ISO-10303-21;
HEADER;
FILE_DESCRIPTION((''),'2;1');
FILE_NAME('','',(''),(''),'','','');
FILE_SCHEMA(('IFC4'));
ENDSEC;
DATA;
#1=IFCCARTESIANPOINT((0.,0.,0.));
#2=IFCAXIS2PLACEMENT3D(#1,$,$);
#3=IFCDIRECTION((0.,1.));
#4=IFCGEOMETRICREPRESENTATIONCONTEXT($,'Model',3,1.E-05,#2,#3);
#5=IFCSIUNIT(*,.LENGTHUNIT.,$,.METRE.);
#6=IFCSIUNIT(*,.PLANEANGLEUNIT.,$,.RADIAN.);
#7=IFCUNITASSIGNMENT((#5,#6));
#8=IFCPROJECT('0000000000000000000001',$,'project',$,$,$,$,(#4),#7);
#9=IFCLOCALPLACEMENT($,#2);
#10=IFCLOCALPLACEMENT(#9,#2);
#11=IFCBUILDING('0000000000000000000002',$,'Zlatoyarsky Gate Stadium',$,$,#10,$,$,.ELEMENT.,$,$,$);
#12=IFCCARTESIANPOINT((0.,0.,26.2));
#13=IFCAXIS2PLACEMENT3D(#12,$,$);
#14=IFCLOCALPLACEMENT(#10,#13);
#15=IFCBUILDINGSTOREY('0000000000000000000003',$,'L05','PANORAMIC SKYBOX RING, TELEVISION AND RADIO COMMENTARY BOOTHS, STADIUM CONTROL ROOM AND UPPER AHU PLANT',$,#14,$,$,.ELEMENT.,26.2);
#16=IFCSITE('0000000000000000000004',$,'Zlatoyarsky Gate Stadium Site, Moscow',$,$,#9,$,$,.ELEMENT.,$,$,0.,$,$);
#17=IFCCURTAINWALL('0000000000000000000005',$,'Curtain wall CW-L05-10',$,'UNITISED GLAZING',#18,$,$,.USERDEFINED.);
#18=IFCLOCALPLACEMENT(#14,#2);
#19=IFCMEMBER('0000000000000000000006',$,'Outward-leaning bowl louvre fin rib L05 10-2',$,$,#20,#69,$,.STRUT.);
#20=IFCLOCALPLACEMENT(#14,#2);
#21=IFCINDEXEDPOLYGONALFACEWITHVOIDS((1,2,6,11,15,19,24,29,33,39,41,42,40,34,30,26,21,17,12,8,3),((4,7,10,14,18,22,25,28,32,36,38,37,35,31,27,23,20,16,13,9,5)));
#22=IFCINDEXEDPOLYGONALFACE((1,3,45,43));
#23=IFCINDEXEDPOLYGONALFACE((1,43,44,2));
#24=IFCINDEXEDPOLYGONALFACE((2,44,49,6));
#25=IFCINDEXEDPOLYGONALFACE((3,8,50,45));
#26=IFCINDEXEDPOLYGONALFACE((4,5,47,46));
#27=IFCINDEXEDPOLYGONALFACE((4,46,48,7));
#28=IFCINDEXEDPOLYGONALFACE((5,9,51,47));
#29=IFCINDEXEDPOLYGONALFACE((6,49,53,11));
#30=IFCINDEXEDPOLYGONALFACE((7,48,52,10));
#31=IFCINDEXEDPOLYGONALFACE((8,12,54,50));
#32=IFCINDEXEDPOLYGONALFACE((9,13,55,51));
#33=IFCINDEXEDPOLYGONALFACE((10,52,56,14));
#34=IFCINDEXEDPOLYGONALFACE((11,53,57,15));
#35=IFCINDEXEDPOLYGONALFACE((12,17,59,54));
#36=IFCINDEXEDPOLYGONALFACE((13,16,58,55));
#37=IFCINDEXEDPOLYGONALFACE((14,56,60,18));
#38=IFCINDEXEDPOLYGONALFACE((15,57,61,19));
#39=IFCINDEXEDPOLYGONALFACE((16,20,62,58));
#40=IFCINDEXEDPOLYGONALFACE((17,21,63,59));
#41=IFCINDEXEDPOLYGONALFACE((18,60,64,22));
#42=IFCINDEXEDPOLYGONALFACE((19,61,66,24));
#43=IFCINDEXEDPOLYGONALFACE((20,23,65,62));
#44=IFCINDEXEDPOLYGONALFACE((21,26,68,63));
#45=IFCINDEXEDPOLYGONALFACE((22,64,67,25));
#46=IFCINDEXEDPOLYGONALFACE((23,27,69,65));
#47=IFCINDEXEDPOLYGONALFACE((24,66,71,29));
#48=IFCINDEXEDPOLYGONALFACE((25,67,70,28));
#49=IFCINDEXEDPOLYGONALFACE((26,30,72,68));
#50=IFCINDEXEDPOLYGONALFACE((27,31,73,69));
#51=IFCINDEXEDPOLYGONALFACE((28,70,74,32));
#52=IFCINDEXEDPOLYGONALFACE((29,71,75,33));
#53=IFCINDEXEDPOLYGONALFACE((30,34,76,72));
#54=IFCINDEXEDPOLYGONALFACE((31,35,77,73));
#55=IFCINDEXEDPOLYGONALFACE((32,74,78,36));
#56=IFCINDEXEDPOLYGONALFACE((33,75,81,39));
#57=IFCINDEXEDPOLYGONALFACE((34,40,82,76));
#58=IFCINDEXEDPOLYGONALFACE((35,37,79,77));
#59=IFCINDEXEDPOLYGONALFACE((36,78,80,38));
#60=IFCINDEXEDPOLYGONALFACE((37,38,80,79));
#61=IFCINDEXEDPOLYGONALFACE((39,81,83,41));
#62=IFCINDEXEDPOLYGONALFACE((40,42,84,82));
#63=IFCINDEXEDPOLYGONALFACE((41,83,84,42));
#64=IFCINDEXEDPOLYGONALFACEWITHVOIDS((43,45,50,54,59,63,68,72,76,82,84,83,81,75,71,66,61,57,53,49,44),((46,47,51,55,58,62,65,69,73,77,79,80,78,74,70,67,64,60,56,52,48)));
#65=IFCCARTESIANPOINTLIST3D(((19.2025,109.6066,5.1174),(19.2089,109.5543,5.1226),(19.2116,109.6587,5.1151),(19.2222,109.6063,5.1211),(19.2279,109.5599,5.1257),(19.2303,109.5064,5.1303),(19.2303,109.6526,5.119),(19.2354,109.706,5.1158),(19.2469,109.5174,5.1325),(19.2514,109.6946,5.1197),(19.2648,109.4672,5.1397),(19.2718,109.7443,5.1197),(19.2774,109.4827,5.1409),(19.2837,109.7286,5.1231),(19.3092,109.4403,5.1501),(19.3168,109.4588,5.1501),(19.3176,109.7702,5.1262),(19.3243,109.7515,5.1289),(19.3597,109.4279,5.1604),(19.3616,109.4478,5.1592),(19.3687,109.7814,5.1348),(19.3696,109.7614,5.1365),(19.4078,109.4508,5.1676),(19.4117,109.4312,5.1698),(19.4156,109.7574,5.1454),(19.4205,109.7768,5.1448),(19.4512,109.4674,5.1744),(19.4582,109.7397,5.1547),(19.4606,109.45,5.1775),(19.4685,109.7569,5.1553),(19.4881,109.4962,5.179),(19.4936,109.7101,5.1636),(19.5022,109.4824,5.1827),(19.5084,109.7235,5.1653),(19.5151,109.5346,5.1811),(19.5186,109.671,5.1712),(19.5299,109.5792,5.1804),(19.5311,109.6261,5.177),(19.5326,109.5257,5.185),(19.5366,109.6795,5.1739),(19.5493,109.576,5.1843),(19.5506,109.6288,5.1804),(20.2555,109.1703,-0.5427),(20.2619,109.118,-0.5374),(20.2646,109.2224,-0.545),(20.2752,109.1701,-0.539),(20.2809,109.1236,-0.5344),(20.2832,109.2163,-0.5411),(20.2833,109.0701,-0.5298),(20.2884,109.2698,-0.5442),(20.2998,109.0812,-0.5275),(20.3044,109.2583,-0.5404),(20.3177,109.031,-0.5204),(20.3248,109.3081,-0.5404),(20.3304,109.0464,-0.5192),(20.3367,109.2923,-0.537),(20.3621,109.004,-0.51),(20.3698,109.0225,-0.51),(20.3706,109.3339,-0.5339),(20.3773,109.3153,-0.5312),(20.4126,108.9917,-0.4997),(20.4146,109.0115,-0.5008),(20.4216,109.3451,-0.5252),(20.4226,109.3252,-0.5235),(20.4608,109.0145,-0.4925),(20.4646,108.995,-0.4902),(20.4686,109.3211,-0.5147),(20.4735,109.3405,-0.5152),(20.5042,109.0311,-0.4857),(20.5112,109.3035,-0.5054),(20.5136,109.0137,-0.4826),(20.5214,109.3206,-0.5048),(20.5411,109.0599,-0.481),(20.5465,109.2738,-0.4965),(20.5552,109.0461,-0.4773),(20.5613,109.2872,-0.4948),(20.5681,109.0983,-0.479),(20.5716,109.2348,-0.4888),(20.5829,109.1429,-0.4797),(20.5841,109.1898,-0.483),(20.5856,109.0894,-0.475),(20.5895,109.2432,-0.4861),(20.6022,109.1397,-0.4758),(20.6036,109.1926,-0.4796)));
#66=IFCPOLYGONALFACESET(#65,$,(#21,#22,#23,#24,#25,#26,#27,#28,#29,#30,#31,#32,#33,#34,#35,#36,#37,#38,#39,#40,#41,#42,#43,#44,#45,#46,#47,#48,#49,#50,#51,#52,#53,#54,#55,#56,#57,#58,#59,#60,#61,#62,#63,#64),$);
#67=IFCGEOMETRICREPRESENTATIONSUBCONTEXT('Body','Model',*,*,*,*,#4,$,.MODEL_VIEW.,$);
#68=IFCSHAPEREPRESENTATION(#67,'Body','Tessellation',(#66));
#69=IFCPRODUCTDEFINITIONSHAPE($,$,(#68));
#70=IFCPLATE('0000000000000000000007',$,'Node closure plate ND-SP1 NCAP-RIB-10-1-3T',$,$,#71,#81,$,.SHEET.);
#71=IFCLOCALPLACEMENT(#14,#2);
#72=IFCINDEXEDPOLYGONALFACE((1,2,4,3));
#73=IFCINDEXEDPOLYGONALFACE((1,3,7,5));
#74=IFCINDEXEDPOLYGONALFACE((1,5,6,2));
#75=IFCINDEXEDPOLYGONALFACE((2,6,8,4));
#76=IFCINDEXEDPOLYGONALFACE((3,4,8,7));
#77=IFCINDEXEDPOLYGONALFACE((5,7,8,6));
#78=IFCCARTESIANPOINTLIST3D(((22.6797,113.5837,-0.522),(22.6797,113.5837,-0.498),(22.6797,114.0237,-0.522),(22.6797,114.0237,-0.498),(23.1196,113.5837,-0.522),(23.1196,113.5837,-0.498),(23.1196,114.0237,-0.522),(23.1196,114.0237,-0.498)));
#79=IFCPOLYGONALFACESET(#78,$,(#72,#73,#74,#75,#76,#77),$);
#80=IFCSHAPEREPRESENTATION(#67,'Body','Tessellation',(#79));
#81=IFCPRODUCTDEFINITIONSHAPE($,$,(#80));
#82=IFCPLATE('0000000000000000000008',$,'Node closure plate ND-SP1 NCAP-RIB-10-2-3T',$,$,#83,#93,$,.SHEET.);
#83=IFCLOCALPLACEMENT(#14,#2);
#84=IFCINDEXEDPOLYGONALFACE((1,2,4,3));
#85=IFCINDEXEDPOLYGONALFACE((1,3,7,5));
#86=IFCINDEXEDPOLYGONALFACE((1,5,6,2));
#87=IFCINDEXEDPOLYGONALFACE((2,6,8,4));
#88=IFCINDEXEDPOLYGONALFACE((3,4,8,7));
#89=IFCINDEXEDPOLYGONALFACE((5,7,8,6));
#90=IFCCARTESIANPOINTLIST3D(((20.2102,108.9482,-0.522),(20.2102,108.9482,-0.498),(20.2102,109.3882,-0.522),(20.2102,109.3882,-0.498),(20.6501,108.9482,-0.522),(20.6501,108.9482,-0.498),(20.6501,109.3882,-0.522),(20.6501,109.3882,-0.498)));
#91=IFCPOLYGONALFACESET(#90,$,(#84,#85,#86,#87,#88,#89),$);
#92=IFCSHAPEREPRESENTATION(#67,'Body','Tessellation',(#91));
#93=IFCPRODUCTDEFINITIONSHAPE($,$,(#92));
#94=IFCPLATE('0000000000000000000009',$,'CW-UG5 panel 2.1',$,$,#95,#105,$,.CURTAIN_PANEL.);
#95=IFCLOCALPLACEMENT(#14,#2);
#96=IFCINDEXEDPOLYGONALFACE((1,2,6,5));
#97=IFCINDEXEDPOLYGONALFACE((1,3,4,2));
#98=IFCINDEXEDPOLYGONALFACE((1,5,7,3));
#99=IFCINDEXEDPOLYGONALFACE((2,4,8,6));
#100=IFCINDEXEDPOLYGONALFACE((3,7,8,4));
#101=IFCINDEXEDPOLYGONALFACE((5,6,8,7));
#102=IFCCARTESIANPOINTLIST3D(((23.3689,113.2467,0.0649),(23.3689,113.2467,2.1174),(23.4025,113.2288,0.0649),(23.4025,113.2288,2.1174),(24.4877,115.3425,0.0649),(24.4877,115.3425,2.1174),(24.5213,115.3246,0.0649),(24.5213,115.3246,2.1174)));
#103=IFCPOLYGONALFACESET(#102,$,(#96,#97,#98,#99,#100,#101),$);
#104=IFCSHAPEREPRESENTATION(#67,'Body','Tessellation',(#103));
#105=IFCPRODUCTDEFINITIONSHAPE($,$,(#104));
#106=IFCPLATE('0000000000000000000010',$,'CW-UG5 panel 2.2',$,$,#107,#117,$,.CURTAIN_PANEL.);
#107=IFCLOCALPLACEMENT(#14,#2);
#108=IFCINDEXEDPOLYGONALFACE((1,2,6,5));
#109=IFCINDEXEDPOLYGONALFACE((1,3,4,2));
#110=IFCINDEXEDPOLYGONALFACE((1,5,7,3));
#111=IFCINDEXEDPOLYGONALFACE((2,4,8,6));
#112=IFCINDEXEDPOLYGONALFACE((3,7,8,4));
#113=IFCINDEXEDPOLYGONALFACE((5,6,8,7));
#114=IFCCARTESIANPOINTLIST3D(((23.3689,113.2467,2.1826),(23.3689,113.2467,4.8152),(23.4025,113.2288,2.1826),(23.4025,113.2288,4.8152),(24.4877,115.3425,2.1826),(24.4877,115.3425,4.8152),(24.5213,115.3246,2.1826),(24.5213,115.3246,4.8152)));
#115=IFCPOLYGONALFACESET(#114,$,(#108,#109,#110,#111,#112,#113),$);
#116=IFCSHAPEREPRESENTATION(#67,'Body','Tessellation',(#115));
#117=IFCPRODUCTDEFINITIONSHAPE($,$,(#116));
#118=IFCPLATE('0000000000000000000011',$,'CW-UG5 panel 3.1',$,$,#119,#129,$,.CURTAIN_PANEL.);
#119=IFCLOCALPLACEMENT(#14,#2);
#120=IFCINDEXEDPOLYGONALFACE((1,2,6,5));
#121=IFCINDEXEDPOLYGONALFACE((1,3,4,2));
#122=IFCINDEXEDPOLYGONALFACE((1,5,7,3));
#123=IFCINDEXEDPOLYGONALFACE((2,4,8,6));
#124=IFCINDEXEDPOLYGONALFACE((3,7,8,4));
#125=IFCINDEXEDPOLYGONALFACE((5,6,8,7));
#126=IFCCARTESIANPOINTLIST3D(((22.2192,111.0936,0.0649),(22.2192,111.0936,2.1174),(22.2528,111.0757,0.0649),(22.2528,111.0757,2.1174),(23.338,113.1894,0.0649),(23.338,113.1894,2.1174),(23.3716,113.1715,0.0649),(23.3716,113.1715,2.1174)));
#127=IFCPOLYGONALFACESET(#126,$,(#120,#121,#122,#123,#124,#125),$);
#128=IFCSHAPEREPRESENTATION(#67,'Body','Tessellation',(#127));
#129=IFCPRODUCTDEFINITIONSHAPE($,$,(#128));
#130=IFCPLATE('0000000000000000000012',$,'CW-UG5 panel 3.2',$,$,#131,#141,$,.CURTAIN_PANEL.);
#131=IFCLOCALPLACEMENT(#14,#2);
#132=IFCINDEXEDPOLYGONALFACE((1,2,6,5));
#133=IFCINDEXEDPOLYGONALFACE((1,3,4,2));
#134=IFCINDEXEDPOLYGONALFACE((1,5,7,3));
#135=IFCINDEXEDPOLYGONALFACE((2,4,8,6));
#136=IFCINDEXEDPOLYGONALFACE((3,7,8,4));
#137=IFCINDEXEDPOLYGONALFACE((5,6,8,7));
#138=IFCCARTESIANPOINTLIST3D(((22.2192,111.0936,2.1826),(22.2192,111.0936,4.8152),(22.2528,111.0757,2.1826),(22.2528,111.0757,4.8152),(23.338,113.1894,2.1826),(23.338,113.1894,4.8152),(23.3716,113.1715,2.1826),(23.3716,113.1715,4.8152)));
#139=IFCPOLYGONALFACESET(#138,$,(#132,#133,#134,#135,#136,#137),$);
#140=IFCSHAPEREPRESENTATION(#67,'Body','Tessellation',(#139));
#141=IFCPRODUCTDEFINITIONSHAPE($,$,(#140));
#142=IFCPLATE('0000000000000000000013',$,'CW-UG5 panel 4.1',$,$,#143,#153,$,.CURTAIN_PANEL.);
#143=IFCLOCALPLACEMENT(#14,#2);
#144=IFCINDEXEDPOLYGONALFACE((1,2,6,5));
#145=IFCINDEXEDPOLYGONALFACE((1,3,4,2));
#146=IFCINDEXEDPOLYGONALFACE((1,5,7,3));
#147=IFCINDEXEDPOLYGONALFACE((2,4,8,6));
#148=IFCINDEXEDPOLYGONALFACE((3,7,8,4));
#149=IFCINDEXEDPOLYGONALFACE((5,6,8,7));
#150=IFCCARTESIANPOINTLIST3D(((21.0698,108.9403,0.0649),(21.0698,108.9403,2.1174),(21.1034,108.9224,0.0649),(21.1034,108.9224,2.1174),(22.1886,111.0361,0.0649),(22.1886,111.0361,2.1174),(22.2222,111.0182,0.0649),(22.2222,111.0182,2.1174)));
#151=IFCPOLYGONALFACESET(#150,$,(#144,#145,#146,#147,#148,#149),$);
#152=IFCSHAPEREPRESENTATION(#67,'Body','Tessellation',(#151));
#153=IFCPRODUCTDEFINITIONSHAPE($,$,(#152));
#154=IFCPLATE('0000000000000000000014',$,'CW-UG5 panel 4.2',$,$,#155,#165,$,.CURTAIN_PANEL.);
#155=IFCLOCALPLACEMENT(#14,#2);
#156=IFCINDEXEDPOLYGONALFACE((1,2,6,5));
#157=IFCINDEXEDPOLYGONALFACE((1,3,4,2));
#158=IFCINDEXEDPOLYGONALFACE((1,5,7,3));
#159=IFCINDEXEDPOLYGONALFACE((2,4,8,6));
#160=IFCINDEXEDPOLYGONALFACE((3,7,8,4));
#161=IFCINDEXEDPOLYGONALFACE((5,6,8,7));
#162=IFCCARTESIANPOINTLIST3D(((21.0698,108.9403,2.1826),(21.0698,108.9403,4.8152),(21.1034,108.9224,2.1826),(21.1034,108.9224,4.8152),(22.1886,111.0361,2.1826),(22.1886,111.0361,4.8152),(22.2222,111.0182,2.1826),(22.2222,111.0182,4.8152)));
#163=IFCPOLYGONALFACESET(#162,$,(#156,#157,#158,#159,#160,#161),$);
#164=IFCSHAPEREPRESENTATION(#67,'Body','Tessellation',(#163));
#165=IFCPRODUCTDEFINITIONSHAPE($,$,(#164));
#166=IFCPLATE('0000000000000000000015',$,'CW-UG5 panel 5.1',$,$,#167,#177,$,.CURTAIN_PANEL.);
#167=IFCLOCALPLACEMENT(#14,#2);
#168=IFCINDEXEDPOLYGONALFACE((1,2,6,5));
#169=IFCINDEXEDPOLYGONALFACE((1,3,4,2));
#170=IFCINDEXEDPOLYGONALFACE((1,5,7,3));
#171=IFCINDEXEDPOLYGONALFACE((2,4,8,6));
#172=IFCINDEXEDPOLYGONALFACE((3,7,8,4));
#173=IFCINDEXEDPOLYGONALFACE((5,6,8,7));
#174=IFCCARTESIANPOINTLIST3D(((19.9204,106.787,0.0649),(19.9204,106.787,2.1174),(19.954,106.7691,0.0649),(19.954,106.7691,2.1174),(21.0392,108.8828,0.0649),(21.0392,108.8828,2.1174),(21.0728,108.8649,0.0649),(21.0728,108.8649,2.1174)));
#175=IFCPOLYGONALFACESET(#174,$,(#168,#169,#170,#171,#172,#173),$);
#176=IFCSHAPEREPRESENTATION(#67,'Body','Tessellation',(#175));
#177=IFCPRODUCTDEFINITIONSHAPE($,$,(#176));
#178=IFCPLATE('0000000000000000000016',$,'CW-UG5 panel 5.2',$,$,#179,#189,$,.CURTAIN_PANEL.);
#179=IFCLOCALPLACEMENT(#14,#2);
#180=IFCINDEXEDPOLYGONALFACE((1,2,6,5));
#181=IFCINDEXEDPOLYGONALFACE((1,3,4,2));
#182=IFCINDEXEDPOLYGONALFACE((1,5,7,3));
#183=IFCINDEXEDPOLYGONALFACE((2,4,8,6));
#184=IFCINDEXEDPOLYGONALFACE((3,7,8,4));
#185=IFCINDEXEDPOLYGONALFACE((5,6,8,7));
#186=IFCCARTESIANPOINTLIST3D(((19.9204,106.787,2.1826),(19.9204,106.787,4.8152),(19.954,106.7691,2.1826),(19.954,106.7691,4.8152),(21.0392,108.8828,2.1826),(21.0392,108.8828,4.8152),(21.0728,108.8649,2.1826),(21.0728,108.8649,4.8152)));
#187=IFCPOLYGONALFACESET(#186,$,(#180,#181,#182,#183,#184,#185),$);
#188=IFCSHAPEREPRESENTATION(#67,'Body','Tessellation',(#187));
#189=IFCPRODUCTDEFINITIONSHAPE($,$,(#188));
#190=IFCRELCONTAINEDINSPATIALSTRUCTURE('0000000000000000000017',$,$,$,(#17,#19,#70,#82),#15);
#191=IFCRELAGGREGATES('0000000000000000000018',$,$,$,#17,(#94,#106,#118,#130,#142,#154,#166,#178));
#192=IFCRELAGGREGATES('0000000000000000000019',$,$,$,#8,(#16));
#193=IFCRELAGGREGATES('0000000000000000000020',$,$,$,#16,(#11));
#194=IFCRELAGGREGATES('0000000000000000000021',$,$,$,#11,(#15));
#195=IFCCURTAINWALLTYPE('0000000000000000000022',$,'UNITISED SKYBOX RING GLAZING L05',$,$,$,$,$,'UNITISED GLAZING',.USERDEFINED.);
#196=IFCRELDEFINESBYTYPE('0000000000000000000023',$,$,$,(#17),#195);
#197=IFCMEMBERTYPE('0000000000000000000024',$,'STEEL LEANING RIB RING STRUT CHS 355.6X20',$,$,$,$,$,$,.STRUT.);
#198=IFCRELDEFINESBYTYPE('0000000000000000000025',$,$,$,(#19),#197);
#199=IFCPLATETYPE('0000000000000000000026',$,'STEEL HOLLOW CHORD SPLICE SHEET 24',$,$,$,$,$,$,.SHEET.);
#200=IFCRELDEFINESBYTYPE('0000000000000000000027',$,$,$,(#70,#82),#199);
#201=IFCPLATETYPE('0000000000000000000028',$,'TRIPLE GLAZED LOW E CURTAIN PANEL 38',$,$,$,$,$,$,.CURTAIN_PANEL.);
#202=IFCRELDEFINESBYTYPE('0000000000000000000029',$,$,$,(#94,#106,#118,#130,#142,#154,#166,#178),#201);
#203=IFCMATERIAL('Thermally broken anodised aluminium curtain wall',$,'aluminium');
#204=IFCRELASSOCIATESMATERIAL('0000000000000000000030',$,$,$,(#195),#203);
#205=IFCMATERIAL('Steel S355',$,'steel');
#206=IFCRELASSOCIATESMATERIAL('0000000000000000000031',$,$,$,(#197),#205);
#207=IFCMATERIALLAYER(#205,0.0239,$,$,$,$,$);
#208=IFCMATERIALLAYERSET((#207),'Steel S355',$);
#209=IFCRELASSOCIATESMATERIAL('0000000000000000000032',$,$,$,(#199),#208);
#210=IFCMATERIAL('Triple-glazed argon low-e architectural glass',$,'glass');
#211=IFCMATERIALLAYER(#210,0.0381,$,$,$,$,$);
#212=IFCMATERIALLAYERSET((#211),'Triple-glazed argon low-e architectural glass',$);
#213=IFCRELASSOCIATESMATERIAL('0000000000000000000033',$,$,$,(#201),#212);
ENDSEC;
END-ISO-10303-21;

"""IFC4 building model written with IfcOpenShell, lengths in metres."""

from ifc_helpers import new_model, si_unit, direction, frame, origin, origin_2d, place, context, subcontext, project, spatial, rectangle, hollow_circle, extrude, material, layer, layer_set, material_profile, profile_set, type_object, element, aggregate, save


model = new_model("IFC4")

# Units and contexts
model_context = context("Model", 3, precision=1e-05, world=origin(), true_north=direction((0.0, 1.0)))
body_context = subcontext(model_context, "Body", "Model", "MODEL_VIEW")
ifc_project = project(units=[si_unit("LENGTHUNIT", "METRE"), si_unit("PLANEANGLEUNIT", "RADIAN")], contexts=[model_context])

# Site, building, storey
site_placement = place(None, origin())
site = spatial("IfcSite", under=ifc_project, at=site_placement, Name="Zlatoyarsky Gate Stadium Site, Moscow", CompositionType="ELEMENT", RefElevation=0.0)
building_placement = place(site_placement, origin())
building = spatial("IfcBuilding", under=site, at=building_placement, Name="Zlatoyarsky Gate Stadium", CompositionType="ELEMENT")
storey_placement = place(building_placement, frame((0.0, 0.0, 26.2)))
storey = spatial("IfcBuildingStorey", under=building, at=storey_placement, Name="L05", Description="PANORAMIC SKYBOX RING, TELEVISION AND RADIO COMMENTARY BOOTHS, STADIUM CONTROL ROOM AND UPPER AHU PLANT", CompositionType="ELEMENT", Elevation=26.2)

# Curtain wall
ifc_material_1 = material(Name="Thermally broken anodised aluminium curtain wall", Category="aluminium")
curtain_wall_type = type_object("IfcCurtainWallType", Name="UNITISED SKYBOX RING GLAZING L05", ElementType="UNITISED GLAZING", PredefinedType="USERDEFINED", material=ifc_material_1)
curtain_wall_placement = place(storey_placement, origin())
curtain_wall = element("IfcCurtainWall", 1, at=curtain_wall_placement, inside=storey, type_object=curtain_wall_type, Name="Curtain wall CW-L05-10", ObjectType="UNITISED GLAZING", PredefinedType="USERDEFINED")

# Shared definitions
ifc_material_2 = material(Name="Steel S355", Category="steel")

# Member
ifc_material_profile_1 = material_profile(ifc_material_2, hollow_circle(Radius=0.1777, WallThickness=0.02, at=origin_2d()), Name="CHS 355.6X20")
ifc_profile_set_1 = profile_set([ifc_material_profile_1], Name="Steel S355")
member_type_1 = type_object("IfcMemberType", Name="STEEL LEANING RIB RING STRUT CHS 355.6X20", PredefinedType="STRUT", material=ifc_profile_set_1)
member_1_placement = place(storey_placement, frame((20.4302, 109.1682, -0.51), z_axis=(-0.182373, 0.075562, 0.980322), x_axis=(-0.382774, -0.923842, 0.0)))
element("IfcMember", 2, at=member_1_placement, inside=storey, type_object=member_type_1, Name="Outward-leaning bowl louvre fin rib L05 10-2", PredefinedType="STRUT", context=body_context, shape_type="SweptSolid", body=[
    extrude(hollow_circle(Radius=0.1777, WallThickness=0.02, at=origin_2d()), origin(), (0.0, 0.0, 1.0), 5.7737),
])

# Plates
ifc_layer_1 = layer(ifc_material_2, 0.0239)
ifc_layer_set_1 = layer_set([ifc_layer_1], Name="Steel S355")
plate_type_1 = type_object("IfcPlateType", Name="STEEL HOLLOW CHORD SPLICE SHEET 24", PredefinedType="SHEET", material=ifc_layer_set_1)
for number, where, z_axis, x_axis, name in (
    (3, (22.8997, 113.8037, -0.522), (0.0, 0.0, 1.0), (1.0, 0.0, 0.0), "Node closure plate ND-SP1 NCAP-RIB-10-1-3T"),
    (4, (20.4302, 109.1682, -0.522), (0.0, 0.0, 1.0), (1.0, 0.0, 0.0), "Node closure plate ND-SP1 NCAP-RIB-10-2-3T"),
):
    element("IfcPlate", number, at=place(storey_placement, frame(where, z_axis=z_axis, x_axis=x_axis)), inside=storey, type_object=plate_type_1, Name=name, PredefinedType="SHEET", context=body_context, shape_type="SweptSolid", body=[
        extrude(rectangle(XDim=0.4399, YDim=0.4399, at=origin_2d()), origin(), (0.0, 0.0, 1.0), 0.0239),
    ])

# Plates
ifc_material_3 = material(Name="Triple-glazed argon low-e architectural glass", Category="glass")
ifc_layer_2 = layer(ifc_material_3, 0.0381)
ifc_layer_set_2 = layer_set([ifc_layer_2], Name="Triple-glazed argon low-e architectural glass")
plate_type_2 = type_object("IfcPlateType", Name="TRIPLE GLAZED LOW E CURTAIN PANEL 38", PredefinedType="CURTAIN_PANEL", material=ifc_layer_set_2)
plate_1_placement = place(storey_placement, frame((23.9451, 114.2856, 0.0649), z_axis=(0.0, 0.0, 1.0), x_axis=(-0.470937, -0.882167, 0.0)))
plate_1 = element("IfcPlate", 5, at=plate_1_placement, type_object=plate_type_2, Name="CW-UG5 panel 2.1", PredefinedType="CURTAIN_PANEL", context=body_context, shape_type="SweptSolid", body=[
    extrude(rectangle(XDim=2.3757, YDim=0.0381, at=origin_2d()), origin(), (0.0, 0.0, 1.0), 2.0525),
])
plate_2_placement = place(storey_placement, frame((23.9451, 114.2856, 2.1826), z_axis=(0.0, 0.0, 1.0), x_axis=(-0.470937, -0.882167, 0.0)))
plate_2 = element("IfcPlate", 6, at=plate_2_placement, type_object=plate_type_2, Name="CW-UG5 panel 2.2", PredefinedType="CURTAIN_PANEL", context=body_context, shape_type="SweptSolid", body=[
    extrude(rectangle(XDim=2.3757, YDim=0.0381, at=origin_2d()), origin(), (0.0, 0.0, 1.0), 2.6326),
])
plate_3_placement = place(storey_placement, frame((22.7954, 112.1326, 0.0649), z_axis=(0.0, 0.0, 1.0), x_axis=(-0.470937, -0.882167, 0.0)))
plate_3 = element("IfcPlate", 7, at=plate_3_placement, type_object=plate_type_2, Name="CW-UG5 panel 3.1", PredefinedType="CURTAIN_PANEL", context=body_context, shape_type="SweptSolid", body=[
    extrude(rectangle(XDim=2.3757, YDim=0.0381, at=origin_2d()), origin(), (0.0, 0.0, 1.0), 2.0525),
])
plate_4_placement = place(storey_placement, frame((22.7954, 112.1326, 2.1826), z_axis=(0.0, 0.0, 1.0), x_axis=(-0.470937, -0.882167, 0.0)))
plate_4 = element("IfcPlate", 8, at=plate_4_placement, type_object=plate_type_2, Name="CW-UG5 panel 3.2", PredefinedType="CURTAIN_PANEL", context=body_context, shape_type="SweptSolid", body=[
    extrude(rectangle(XDim=2.3757, YDim=0.0381, at=origin_2d()), origin(), (0.0, 0.0, 1.0), 2.6326),
])
plate_5_placement = place(storey_placement, frame((21.646, 109.9792, 0.0649), z_axis=(0.0, 0.0, 1.0), x_axis=(-0.470937, -0.882167, 0.0)))
plate_5 = element("IfcPlate", 9, at=plate_5_placement, type_object=plate_type_2, Name="CW-UG5 panel 4.1", PredefinedType="CURTAIN_PANEL", context=body_context, shape_type="SweptSolid", body=[
    extrude(rectangle(XDim=2.3757, YDim=0.0381, at=origin_2d()), origin(), (0.0, 0.0, 1.0), 2.0525),
])
plate_6_placement = place(storey_placement, frame((21.646, 109.9792, 2.1826), z_axis=(0.0, 0.0, 1.0), x_axis=(-0.470937, -0.882167, 0.0)))
plate_6 = element("IfcPlate", 10, at=plate_6_placement, type_object=plate_type_2, Name="CW-UG5 panel 4.2", PredefinedType="CURTAIN_PANEL", context=body_context, shape_type="SweptSolid", body=[
    extrude(rectangle(XDim=2.3757, YDim=0.0381, at=origin_2d()), origin(), (0.0, 0.0, 1.0), 2.6326),
])
plate_7_placement = place(storey_placement, frame((20.4966, 107.8259, 0.0649), z_axis=(0.0, 0.0, 1.0), x_axis=(-0.470937, -0.882167, 0.0)))
plate_7 = element("IfcPlate", 11, at=plate_7_placement, type_object=plate_type_2, Name="CW-UG5 panel 5.1", PredefinedType="CURTAIN_PANEL", context=body_context, shape_type="SweptSolid", body=[
    extrude(rectangle(XDim=2.3757, YDim=0.0381, at=origin_2d()), origin(), (0.0, 0.0, 1.0), 2.0525),
])
plate_8_placement = place(storey_placement, frame((20.4966, 107.8259, 2.1826), z_axis=(0.0, 0.0, 1.0), x_axis=(-0.470937, -0.882167, 0.0)))
plate_8 = element("IfcPlate", 12, at=plate_8_placement, type_object=plate_type_2, Name="CW-UG5 panel 5.2", PredefinedType="CURTAIN_PANEL", context=body_context, shape_type="SweptSolid", body=[
    extrude(rectangle(XDim=2.3757, YDim=0.0381, at=origin_2d()), origin(), (0.0, 0.0, 1.0), 2.6326),
])
aggregate(curtain_wall, [plate_1, plate_2, plate_3, plate_4, plate_5, plate_6, plate_7, plate_8])

save(model, "model.ifc")
